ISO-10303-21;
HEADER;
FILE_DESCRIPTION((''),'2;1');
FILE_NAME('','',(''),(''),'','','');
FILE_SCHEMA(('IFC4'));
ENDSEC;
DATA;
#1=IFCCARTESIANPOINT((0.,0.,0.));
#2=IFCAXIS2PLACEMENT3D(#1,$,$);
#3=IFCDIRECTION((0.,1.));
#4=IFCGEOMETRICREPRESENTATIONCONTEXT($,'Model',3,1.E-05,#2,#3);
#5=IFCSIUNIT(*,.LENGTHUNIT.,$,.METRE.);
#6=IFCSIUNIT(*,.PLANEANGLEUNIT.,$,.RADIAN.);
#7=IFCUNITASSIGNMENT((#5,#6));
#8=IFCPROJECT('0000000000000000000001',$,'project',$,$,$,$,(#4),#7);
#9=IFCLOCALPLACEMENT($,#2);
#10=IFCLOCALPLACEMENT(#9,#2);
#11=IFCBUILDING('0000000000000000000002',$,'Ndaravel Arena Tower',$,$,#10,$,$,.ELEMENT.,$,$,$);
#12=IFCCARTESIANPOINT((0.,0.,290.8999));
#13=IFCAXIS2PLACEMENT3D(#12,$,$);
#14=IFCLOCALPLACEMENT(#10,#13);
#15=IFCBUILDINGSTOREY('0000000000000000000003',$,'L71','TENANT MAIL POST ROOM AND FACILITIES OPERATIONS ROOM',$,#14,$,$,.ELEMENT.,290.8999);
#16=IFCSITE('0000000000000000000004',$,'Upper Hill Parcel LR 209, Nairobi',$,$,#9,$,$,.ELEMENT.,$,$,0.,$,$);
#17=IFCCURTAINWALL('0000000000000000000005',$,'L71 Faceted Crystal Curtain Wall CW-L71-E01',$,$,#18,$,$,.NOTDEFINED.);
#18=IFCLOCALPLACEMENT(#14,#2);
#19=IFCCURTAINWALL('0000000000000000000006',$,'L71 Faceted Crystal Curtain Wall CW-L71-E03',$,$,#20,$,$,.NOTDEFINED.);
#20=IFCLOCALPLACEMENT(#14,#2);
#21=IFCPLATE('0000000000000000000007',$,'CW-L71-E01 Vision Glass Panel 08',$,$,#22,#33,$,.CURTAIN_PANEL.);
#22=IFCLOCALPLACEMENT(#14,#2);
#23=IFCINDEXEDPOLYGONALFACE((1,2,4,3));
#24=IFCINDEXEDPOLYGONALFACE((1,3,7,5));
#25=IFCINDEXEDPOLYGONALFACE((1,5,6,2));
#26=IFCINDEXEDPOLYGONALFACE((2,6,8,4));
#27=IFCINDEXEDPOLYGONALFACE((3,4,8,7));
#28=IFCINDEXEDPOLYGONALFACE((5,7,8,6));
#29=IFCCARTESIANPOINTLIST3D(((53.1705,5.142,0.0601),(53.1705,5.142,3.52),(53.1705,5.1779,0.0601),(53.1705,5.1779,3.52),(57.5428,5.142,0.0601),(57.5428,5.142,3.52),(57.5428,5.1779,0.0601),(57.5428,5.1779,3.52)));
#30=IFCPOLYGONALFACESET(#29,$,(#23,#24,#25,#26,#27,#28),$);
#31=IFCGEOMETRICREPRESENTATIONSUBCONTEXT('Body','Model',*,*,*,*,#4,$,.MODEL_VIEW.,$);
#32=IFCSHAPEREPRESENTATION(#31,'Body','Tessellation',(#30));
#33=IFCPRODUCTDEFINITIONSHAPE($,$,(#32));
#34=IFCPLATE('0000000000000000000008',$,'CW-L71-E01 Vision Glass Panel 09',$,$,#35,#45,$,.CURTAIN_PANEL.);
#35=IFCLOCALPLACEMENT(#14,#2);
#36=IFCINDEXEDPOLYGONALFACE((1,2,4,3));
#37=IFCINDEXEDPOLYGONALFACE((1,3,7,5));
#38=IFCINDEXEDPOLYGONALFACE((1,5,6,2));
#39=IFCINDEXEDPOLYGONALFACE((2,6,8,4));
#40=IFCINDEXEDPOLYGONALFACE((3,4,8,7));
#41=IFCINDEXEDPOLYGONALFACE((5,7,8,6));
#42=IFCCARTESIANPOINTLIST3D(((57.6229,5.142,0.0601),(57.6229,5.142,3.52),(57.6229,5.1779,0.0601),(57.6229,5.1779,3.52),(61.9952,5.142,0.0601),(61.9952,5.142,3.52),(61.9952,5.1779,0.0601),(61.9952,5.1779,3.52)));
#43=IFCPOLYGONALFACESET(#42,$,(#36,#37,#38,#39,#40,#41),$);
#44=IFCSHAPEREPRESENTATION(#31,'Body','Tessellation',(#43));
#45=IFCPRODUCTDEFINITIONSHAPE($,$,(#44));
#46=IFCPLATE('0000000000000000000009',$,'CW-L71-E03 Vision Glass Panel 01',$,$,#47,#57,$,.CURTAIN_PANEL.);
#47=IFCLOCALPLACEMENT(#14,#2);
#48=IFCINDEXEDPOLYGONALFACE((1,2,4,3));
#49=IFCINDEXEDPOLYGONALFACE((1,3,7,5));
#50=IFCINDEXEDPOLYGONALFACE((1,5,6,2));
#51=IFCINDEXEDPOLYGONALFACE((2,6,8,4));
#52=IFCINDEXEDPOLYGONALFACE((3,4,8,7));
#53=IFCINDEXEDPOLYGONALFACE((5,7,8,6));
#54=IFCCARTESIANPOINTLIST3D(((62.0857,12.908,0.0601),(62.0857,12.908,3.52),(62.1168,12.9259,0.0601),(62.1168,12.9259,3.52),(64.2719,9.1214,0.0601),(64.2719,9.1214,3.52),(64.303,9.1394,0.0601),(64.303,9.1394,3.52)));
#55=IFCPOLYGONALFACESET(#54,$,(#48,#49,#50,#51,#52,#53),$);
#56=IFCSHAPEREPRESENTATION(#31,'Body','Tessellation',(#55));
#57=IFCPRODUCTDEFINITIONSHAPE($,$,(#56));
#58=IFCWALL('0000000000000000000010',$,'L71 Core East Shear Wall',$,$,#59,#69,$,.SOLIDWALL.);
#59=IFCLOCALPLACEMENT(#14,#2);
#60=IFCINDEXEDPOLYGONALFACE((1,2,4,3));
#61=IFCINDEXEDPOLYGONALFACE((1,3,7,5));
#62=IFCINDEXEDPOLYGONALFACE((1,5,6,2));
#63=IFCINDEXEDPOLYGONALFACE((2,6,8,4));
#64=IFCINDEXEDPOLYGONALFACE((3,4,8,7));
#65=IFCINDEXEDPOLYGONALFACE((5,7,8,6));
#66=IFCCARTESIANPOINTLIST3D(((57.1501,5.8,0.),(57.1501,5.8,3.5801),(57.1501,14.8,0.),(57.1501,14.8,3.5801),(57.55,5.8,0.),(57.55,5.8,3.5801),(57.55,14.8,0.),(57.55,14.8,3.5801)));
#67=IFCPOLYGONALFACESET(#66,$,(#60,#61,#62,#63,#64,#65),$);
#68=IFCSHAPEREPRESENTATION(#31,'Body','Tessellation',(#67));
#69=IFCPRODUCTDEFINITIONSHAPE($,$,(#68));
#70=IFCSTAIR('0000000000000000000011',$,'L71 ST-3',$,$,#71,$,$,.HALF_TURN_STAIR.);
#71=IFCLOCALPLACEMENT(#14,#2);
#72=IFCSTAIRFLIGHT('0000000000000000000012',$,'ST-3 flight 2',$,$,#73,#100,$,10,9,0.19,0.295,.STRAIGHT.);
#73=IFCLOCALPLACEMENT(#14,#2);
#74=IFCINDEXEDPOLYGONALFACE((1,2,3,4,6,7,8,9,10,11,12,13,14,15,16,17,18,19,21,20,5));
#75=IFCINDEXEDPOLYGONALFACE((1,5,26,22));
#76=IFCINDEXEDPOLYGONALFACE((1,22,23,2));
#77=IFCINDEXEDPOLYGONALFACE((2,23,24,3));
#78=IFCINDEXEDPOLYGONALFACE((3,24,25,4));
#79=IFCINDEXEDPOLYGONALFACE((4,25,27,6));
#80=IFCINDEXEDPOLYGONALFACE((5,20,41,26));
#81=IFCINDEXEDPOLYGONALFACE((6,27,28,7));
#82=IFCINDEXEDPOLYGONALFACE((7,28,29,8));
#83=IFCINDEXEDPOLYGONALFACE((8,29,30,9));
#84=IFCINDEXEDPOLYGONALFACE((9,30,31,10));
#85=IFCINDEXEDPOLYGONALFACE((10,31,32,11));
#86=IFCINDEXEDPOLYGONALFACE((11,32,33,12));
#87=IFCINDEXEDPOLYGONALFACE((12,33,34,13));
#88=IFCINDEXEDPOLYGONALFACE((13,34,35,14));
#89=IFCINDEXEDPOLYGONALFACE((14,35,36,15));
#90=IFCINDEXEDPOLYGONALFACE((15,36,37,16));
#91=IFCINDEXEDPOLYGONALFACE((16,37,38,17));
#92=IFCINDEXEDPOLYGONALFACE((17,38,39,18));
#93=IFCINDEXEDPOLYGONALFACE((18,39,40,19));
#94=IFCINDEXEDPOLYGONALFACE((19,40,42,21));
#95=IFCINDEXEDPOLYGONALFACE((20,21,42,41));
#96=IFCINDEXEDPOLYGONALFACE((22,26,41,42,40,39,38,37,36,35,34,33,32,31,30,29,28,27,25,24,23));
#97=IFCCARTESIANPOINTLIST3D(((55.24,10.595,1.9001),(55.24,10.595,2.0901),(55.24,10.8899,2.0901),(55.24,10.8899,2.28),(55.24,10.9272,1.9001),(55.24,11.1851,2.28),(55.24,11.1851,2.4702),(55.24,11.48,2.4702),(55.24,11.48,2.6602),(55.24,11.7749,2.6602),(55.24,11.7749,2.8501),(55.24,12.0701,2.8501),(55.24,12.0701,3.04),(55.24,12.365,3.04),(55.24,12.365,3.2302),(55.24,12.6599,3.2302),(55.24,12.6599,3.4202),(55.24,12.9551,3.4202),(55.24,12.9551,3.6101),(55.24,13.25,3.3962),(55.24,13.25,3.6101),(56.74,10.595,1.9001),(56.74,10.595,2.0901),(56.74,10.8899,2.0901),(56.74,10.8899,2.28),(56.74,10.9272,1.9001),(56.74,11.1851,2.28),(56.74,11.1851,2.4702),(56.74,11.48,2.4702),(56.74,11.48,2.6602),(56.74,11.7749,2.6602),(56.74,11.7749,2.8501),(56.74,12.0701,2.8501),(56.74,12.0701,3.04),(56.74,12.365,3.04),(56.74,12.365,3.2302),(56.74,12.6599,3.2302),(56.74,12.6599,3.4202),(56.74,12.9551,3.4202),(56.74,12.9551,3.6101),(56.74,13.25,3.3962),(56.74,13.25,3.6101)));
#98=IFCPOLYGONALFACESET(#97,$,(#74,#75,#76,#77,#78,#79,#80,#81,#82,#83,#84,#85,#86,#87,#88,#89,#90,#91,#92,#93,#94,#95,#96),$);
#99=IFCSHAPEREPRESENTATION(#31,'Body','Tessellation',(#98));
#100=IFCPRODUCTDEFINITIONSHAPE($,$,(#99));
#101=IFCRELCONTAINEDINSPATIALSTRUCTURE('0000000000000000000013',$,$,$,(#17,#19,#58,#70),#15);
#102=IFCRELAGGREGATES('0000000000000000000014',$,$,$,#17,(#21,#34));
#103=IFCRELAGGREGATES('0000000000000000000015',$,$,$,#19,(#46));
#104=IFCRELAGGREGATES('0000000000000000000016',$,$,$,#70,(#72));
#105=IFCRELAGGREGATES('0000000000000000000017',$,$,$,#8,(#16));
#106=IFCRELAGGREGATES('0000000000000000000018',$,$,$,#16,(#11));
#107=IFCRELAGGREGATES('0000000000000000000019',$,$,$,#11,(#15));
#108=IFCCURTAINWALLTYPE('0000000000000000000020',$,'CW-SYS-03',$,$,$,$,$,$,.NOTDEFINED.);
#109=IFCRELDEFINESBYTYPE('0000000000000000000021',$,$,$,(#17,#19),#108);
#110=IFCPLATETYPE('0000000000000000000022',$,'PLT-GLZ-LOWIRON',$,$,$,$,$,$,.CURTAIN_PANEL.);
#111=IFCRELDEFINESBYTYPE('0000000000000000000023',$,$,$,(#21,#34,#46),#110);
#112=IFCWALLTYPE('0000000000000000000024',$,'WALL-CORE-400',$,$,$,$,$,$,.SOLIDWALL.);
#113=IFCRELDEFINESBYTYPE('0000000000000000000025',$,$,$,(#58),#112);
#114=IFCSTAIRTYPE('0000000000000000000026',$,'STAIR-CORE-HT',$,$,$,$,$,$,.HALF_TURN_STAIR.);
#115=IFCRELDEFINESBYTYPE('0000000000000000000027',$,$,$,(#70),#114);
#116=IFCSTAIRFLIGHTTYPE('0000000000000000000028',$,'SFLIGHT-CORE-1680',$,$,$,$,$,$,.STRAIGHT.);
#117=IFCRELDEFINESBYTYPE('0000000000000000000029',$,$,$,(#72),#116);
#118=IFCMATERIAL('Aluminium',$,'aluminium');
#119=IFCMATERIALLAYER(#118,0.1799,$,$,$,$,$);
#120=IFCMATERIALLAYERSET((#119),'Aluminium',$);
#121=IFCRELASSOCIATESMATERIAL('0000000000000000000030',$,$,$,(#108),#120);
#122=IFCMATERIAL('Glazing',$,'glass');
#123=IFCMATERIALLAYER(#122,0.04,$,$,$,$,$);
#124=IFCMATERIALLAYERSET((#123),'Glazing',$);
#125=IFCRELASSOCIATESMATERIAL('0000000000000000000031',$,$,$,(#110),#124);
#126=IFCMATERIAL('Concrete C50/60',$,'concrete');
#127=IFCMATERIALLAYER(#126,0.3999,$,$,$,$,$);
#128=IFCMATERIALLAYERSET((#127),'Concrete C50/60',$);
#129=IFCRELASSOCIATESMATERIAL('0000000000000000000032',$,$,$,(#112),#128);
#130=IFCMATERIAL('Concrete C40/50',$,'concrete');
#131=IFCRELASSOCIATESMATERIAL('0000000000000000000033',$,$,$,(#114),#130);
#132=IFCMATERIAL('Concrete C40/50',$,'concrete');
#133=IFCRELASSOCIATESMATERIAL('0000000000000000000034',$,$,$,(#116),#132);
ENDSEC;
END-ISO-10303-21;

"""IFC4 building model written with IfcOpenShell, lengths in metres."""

from ifc_helpers import new_model, si_unit, direction, frame, frame_2d, origin, origin_2d, place, context, subcontext, project, spatial, polyline, rectangle, outline, extrude, material, layer, layer_set, type_object, element, aggregate, save


model = new_model("IFC4")

# Units and contexts
model_context = context("Model", 3, precision=1e-05, world=origin(), true_north=direction((0.0, 1.0)))
body_context = subcontext(model_context, "Body", "Model", "MODEL_VIEW")
ifc_project = project(units=[si_unit("LENGTHUNIT", "METRE"), si_unit("PLANEANGLEUNIT", "RADIAN")], contexts=[model_context])

# Site, building, storey
site_placement = place(None, origin())
site = spatial("IfcSite", under=ifc_project, at=site_placement, Name="Upper Hill Parcel LR 209, Nairobi", CompositionType="ELEMENT", RefElevation=0.0)
building_placement = place(site_placement, origin())
building = spatial("IfcBuilding", under=site, at=building_placement, Name="Ndaravel Arena Tower", CompositionType="ELEMENT")
storey_placement = place(building_placement, frame((0.0, 0.0, 290.8999)))
storey = spatial("IfcBuildingStorey", under=building, at=storey_placement, Name="L71", Description="TENANT MAIL POST ROOM AND FACILITIES OPERATIONS ROOM", CompositionType="ELEMENT", Elevation=290.8999)

# Curtain walls
ifc_material_1 = material(Name="Aluminium", Category="aluminium")
ifc_layer_1 = layer(ifc_material_1, 0.1799)
ifc_layer_set_1 = layer_set([ifc_layer_1], Name="Aluminium")
curtain_wall_type_1 = type_object("IfcCurtainWallType", Name="CW-SYS-03", PredefinedType="NOTDEFINED", material=ifc_layer_set_1)
curtain_wall_1_placement = place(storey_placement, origin())
curtain_wall_1 = element("IfcCurtainWall", 1, at=curtain_wall_1_placement, inside=storey, type_object=curtain_wall_type_1, Name="L71 Faceted Crystal Curtain Wall CW-L71-E01", PredefinedType="NOTDEFINED")
curtain_wall_2_placement = place(storey_placement, origin())
curtain_wall_2 = element("IfcCurtainWall", 2, at=curtain_wall_2_placement, inside=storey, type_object=curtain_wall_type_1, Name="L71 Faceted Crystal Curtain Wall CW-L71-E03", PredefinedType="NOTDEFINED")

# Plates
ifc_material_2 = material(Name="Glazing", Category="glass")
ifc_layer_2 = layer(ifc_material_2, 0.04)
ifc_layer_set_2 = layer_set([ifc_layer_2], Name="Glazing")
plate_type_1 = type_object("IfcPlateType", Name="PLT-GLZ-LOWIRON", PredefinedType="CURTAIN_PANEL", material=ifc_layer_set_2)
plate_1_placement = place(storey_placement, frame((55.3567, 5.1599, 0.0601), z_axis=(0.0, 0.0, 1.0), x_axis=(1.0, 0.0, 0.0)))
plate_1 = element("IfcPlate", 3, at=plate_1_placement, type_object=plate_type_1, Name="CW-L71-E01 Vision Glass Panel 08", PredefinedType="CURTAIN_PANEL", context=body_context, shape_type="SweptSolid", body=[
    extrude(rectangle(XDim=4.3723, YDim=0.0359, at=origin_2d()), origin(), (0.0, 0.0, 1.0), 3.46),
])
plate_2_placement = place(storey_placement, frame((59.8091, 5.1599, 0.0601), z_axis=(0.0, 0.0, 1.0), x_axis=(1.0, 0.0, 0.0)))
plate_2 = element("IfcPlate", 4, at=plate_2_placement, type_object=plate_type_1, Name="CW-L71-E01 Vision Glass Panel 09", PredefinedType="CURTAIN_PANEL", context=body_context, shape_type="SweptSolid", body=[
    extrude(rectangle(XDim=4.3723, YDim=0.0359, at=origin_2d()), origin(), (0.0, 0.0, 1.0), 3.46),
])
aggregate(curtain_wall_1, [plate_1, plate_2])
plate_3_placement = place(storey_placement, frame((63.1943, 11.0237, 0.0601), z_axis=(0.0, 0.0, 1.0), x_axis=(-0.5, 0.866025, 0.0)))
plate_3 = element("IfcPlate", 5, at=plate_3_placement, type_object=plate_type_1, Name="CW-L71-E03 Vision Glass Panel 01", PredefinedType="CURTAIN_PANEL", context=body_context, shape_type="SweptSolid", body=[
    extrude(rectangle(XDim=4.3723, YDim=0.0359, at=origin_2d()), origin(), (0.0, 0.0, 1.0), 3.46),
])
aggregate(curtain_wall_2, [plate_3])

# Wall
ifc_material_3 = material(Name="Concrete C50/60", Category="concrete")
ifc_layer_3 = layer(ifc_material_3, 0.3999)
ifc_layer_set_3 = layer_set([ifc_layer_3], Name="Concrete C50/60")
wall_type = type_object("IfcWallType", Name="WALL-CORE-400", PredefinedType="SOLIDWALL", material=ifc_layer_set_3)
wall_placement = place(storey_placement, frame((57.3501, 5.8, 0.0), z_axis=(0.0, 0.0, 1.0), x_axis=(0.0, 1.0, 0.0)))
element("IfcWall", 6, at=wall_placement, inside=storey, type_object=wall_type, Name="L71 Core East Shear Wall", PredefinedType="SOLIDWALL", context=body_context, shape_type="SweptSolid", body=[
    extrude(rectangle(XDim=9.0, YDim=0.3999, at=frame_2d((4.5, 0.0))), origin(), (0.0, 0.0, 1.0), 3.5801),
])

# Stair, stair flight
ifc_material_4 = material(Name="Concrete C40/50", Category="concrete")
stair_type = type_object("IfcStairType", Name="STAIR-CORE-HT", PredefinedType="HALF_TURN_STAIR", material=ifc_material_4)
stair_placement = place(storey_placement, origin())
stair = element("IfcStair", 7, at=stair_placement, inside=storey, type_object=stair_type, Name="L71 ST-3", PredefinedType="HALF_TURN_STAIR")
ifc_material_5 = material(Name="Concrete C40/50", Category="concrete")
stair_flight_type = type_object("IfcStairFlightType", Name="SFLIGHT-CORE-1680", PredefinedType="STRAIGHT", material=ifc_material_5)
stair_flight_placement = place(storey_placement, frame((55.99, 10.595, 1.9001), z_axis=(0.0, 0.0, 1.0), x_axis=(0.0, 1.0, 0.0)))
stair_flight = element("IfcStairFlight", 8, at=stair_flight_placement, type_object=stair_flight_type, Name="ST-3 flight 2", NumberOfRisers=10, NumberOfTreads=9, PredefinedType="STRAIGHT", RiserHeight=0.19, TreadLength=0.295, context=body_context, shape_type="SweptSolid", body=[
    extrude(outline(polyline([(0.0, 0.0), (0.0, 0.1899), (0.2949, 0.1899), (0.2949, 0.3799), (0.5901, 0.3799), (0.5901, 0.5701), (0.885, 0.5701), (0.885, 0.76), (1.1799, 0.76), (1.1799, 0.95), (1.4751, 0.95), (1.4751, 1.1399), (1.77, 1.1399), (1.77, 1.3301), (2.0649, 1.3301), (2.0649, 1.52), (2.3601, 1.52), (2.3601, 1.71), (2.655, 1.71), (2.655, 1.8999), (2.655, 1.4961), (0.3323, 0.0), (0.0, 0.0)])), frame((0.0, 0.75, 0.0), z_axis=(0.0, -1.0, 0.0), x_axis=(1.0, 0.0, 0.0)), (0.0, 0.0, 1.0), 1.5),
])
aggregate(stair, [stair_flight])

save(model, "model.ifc")
